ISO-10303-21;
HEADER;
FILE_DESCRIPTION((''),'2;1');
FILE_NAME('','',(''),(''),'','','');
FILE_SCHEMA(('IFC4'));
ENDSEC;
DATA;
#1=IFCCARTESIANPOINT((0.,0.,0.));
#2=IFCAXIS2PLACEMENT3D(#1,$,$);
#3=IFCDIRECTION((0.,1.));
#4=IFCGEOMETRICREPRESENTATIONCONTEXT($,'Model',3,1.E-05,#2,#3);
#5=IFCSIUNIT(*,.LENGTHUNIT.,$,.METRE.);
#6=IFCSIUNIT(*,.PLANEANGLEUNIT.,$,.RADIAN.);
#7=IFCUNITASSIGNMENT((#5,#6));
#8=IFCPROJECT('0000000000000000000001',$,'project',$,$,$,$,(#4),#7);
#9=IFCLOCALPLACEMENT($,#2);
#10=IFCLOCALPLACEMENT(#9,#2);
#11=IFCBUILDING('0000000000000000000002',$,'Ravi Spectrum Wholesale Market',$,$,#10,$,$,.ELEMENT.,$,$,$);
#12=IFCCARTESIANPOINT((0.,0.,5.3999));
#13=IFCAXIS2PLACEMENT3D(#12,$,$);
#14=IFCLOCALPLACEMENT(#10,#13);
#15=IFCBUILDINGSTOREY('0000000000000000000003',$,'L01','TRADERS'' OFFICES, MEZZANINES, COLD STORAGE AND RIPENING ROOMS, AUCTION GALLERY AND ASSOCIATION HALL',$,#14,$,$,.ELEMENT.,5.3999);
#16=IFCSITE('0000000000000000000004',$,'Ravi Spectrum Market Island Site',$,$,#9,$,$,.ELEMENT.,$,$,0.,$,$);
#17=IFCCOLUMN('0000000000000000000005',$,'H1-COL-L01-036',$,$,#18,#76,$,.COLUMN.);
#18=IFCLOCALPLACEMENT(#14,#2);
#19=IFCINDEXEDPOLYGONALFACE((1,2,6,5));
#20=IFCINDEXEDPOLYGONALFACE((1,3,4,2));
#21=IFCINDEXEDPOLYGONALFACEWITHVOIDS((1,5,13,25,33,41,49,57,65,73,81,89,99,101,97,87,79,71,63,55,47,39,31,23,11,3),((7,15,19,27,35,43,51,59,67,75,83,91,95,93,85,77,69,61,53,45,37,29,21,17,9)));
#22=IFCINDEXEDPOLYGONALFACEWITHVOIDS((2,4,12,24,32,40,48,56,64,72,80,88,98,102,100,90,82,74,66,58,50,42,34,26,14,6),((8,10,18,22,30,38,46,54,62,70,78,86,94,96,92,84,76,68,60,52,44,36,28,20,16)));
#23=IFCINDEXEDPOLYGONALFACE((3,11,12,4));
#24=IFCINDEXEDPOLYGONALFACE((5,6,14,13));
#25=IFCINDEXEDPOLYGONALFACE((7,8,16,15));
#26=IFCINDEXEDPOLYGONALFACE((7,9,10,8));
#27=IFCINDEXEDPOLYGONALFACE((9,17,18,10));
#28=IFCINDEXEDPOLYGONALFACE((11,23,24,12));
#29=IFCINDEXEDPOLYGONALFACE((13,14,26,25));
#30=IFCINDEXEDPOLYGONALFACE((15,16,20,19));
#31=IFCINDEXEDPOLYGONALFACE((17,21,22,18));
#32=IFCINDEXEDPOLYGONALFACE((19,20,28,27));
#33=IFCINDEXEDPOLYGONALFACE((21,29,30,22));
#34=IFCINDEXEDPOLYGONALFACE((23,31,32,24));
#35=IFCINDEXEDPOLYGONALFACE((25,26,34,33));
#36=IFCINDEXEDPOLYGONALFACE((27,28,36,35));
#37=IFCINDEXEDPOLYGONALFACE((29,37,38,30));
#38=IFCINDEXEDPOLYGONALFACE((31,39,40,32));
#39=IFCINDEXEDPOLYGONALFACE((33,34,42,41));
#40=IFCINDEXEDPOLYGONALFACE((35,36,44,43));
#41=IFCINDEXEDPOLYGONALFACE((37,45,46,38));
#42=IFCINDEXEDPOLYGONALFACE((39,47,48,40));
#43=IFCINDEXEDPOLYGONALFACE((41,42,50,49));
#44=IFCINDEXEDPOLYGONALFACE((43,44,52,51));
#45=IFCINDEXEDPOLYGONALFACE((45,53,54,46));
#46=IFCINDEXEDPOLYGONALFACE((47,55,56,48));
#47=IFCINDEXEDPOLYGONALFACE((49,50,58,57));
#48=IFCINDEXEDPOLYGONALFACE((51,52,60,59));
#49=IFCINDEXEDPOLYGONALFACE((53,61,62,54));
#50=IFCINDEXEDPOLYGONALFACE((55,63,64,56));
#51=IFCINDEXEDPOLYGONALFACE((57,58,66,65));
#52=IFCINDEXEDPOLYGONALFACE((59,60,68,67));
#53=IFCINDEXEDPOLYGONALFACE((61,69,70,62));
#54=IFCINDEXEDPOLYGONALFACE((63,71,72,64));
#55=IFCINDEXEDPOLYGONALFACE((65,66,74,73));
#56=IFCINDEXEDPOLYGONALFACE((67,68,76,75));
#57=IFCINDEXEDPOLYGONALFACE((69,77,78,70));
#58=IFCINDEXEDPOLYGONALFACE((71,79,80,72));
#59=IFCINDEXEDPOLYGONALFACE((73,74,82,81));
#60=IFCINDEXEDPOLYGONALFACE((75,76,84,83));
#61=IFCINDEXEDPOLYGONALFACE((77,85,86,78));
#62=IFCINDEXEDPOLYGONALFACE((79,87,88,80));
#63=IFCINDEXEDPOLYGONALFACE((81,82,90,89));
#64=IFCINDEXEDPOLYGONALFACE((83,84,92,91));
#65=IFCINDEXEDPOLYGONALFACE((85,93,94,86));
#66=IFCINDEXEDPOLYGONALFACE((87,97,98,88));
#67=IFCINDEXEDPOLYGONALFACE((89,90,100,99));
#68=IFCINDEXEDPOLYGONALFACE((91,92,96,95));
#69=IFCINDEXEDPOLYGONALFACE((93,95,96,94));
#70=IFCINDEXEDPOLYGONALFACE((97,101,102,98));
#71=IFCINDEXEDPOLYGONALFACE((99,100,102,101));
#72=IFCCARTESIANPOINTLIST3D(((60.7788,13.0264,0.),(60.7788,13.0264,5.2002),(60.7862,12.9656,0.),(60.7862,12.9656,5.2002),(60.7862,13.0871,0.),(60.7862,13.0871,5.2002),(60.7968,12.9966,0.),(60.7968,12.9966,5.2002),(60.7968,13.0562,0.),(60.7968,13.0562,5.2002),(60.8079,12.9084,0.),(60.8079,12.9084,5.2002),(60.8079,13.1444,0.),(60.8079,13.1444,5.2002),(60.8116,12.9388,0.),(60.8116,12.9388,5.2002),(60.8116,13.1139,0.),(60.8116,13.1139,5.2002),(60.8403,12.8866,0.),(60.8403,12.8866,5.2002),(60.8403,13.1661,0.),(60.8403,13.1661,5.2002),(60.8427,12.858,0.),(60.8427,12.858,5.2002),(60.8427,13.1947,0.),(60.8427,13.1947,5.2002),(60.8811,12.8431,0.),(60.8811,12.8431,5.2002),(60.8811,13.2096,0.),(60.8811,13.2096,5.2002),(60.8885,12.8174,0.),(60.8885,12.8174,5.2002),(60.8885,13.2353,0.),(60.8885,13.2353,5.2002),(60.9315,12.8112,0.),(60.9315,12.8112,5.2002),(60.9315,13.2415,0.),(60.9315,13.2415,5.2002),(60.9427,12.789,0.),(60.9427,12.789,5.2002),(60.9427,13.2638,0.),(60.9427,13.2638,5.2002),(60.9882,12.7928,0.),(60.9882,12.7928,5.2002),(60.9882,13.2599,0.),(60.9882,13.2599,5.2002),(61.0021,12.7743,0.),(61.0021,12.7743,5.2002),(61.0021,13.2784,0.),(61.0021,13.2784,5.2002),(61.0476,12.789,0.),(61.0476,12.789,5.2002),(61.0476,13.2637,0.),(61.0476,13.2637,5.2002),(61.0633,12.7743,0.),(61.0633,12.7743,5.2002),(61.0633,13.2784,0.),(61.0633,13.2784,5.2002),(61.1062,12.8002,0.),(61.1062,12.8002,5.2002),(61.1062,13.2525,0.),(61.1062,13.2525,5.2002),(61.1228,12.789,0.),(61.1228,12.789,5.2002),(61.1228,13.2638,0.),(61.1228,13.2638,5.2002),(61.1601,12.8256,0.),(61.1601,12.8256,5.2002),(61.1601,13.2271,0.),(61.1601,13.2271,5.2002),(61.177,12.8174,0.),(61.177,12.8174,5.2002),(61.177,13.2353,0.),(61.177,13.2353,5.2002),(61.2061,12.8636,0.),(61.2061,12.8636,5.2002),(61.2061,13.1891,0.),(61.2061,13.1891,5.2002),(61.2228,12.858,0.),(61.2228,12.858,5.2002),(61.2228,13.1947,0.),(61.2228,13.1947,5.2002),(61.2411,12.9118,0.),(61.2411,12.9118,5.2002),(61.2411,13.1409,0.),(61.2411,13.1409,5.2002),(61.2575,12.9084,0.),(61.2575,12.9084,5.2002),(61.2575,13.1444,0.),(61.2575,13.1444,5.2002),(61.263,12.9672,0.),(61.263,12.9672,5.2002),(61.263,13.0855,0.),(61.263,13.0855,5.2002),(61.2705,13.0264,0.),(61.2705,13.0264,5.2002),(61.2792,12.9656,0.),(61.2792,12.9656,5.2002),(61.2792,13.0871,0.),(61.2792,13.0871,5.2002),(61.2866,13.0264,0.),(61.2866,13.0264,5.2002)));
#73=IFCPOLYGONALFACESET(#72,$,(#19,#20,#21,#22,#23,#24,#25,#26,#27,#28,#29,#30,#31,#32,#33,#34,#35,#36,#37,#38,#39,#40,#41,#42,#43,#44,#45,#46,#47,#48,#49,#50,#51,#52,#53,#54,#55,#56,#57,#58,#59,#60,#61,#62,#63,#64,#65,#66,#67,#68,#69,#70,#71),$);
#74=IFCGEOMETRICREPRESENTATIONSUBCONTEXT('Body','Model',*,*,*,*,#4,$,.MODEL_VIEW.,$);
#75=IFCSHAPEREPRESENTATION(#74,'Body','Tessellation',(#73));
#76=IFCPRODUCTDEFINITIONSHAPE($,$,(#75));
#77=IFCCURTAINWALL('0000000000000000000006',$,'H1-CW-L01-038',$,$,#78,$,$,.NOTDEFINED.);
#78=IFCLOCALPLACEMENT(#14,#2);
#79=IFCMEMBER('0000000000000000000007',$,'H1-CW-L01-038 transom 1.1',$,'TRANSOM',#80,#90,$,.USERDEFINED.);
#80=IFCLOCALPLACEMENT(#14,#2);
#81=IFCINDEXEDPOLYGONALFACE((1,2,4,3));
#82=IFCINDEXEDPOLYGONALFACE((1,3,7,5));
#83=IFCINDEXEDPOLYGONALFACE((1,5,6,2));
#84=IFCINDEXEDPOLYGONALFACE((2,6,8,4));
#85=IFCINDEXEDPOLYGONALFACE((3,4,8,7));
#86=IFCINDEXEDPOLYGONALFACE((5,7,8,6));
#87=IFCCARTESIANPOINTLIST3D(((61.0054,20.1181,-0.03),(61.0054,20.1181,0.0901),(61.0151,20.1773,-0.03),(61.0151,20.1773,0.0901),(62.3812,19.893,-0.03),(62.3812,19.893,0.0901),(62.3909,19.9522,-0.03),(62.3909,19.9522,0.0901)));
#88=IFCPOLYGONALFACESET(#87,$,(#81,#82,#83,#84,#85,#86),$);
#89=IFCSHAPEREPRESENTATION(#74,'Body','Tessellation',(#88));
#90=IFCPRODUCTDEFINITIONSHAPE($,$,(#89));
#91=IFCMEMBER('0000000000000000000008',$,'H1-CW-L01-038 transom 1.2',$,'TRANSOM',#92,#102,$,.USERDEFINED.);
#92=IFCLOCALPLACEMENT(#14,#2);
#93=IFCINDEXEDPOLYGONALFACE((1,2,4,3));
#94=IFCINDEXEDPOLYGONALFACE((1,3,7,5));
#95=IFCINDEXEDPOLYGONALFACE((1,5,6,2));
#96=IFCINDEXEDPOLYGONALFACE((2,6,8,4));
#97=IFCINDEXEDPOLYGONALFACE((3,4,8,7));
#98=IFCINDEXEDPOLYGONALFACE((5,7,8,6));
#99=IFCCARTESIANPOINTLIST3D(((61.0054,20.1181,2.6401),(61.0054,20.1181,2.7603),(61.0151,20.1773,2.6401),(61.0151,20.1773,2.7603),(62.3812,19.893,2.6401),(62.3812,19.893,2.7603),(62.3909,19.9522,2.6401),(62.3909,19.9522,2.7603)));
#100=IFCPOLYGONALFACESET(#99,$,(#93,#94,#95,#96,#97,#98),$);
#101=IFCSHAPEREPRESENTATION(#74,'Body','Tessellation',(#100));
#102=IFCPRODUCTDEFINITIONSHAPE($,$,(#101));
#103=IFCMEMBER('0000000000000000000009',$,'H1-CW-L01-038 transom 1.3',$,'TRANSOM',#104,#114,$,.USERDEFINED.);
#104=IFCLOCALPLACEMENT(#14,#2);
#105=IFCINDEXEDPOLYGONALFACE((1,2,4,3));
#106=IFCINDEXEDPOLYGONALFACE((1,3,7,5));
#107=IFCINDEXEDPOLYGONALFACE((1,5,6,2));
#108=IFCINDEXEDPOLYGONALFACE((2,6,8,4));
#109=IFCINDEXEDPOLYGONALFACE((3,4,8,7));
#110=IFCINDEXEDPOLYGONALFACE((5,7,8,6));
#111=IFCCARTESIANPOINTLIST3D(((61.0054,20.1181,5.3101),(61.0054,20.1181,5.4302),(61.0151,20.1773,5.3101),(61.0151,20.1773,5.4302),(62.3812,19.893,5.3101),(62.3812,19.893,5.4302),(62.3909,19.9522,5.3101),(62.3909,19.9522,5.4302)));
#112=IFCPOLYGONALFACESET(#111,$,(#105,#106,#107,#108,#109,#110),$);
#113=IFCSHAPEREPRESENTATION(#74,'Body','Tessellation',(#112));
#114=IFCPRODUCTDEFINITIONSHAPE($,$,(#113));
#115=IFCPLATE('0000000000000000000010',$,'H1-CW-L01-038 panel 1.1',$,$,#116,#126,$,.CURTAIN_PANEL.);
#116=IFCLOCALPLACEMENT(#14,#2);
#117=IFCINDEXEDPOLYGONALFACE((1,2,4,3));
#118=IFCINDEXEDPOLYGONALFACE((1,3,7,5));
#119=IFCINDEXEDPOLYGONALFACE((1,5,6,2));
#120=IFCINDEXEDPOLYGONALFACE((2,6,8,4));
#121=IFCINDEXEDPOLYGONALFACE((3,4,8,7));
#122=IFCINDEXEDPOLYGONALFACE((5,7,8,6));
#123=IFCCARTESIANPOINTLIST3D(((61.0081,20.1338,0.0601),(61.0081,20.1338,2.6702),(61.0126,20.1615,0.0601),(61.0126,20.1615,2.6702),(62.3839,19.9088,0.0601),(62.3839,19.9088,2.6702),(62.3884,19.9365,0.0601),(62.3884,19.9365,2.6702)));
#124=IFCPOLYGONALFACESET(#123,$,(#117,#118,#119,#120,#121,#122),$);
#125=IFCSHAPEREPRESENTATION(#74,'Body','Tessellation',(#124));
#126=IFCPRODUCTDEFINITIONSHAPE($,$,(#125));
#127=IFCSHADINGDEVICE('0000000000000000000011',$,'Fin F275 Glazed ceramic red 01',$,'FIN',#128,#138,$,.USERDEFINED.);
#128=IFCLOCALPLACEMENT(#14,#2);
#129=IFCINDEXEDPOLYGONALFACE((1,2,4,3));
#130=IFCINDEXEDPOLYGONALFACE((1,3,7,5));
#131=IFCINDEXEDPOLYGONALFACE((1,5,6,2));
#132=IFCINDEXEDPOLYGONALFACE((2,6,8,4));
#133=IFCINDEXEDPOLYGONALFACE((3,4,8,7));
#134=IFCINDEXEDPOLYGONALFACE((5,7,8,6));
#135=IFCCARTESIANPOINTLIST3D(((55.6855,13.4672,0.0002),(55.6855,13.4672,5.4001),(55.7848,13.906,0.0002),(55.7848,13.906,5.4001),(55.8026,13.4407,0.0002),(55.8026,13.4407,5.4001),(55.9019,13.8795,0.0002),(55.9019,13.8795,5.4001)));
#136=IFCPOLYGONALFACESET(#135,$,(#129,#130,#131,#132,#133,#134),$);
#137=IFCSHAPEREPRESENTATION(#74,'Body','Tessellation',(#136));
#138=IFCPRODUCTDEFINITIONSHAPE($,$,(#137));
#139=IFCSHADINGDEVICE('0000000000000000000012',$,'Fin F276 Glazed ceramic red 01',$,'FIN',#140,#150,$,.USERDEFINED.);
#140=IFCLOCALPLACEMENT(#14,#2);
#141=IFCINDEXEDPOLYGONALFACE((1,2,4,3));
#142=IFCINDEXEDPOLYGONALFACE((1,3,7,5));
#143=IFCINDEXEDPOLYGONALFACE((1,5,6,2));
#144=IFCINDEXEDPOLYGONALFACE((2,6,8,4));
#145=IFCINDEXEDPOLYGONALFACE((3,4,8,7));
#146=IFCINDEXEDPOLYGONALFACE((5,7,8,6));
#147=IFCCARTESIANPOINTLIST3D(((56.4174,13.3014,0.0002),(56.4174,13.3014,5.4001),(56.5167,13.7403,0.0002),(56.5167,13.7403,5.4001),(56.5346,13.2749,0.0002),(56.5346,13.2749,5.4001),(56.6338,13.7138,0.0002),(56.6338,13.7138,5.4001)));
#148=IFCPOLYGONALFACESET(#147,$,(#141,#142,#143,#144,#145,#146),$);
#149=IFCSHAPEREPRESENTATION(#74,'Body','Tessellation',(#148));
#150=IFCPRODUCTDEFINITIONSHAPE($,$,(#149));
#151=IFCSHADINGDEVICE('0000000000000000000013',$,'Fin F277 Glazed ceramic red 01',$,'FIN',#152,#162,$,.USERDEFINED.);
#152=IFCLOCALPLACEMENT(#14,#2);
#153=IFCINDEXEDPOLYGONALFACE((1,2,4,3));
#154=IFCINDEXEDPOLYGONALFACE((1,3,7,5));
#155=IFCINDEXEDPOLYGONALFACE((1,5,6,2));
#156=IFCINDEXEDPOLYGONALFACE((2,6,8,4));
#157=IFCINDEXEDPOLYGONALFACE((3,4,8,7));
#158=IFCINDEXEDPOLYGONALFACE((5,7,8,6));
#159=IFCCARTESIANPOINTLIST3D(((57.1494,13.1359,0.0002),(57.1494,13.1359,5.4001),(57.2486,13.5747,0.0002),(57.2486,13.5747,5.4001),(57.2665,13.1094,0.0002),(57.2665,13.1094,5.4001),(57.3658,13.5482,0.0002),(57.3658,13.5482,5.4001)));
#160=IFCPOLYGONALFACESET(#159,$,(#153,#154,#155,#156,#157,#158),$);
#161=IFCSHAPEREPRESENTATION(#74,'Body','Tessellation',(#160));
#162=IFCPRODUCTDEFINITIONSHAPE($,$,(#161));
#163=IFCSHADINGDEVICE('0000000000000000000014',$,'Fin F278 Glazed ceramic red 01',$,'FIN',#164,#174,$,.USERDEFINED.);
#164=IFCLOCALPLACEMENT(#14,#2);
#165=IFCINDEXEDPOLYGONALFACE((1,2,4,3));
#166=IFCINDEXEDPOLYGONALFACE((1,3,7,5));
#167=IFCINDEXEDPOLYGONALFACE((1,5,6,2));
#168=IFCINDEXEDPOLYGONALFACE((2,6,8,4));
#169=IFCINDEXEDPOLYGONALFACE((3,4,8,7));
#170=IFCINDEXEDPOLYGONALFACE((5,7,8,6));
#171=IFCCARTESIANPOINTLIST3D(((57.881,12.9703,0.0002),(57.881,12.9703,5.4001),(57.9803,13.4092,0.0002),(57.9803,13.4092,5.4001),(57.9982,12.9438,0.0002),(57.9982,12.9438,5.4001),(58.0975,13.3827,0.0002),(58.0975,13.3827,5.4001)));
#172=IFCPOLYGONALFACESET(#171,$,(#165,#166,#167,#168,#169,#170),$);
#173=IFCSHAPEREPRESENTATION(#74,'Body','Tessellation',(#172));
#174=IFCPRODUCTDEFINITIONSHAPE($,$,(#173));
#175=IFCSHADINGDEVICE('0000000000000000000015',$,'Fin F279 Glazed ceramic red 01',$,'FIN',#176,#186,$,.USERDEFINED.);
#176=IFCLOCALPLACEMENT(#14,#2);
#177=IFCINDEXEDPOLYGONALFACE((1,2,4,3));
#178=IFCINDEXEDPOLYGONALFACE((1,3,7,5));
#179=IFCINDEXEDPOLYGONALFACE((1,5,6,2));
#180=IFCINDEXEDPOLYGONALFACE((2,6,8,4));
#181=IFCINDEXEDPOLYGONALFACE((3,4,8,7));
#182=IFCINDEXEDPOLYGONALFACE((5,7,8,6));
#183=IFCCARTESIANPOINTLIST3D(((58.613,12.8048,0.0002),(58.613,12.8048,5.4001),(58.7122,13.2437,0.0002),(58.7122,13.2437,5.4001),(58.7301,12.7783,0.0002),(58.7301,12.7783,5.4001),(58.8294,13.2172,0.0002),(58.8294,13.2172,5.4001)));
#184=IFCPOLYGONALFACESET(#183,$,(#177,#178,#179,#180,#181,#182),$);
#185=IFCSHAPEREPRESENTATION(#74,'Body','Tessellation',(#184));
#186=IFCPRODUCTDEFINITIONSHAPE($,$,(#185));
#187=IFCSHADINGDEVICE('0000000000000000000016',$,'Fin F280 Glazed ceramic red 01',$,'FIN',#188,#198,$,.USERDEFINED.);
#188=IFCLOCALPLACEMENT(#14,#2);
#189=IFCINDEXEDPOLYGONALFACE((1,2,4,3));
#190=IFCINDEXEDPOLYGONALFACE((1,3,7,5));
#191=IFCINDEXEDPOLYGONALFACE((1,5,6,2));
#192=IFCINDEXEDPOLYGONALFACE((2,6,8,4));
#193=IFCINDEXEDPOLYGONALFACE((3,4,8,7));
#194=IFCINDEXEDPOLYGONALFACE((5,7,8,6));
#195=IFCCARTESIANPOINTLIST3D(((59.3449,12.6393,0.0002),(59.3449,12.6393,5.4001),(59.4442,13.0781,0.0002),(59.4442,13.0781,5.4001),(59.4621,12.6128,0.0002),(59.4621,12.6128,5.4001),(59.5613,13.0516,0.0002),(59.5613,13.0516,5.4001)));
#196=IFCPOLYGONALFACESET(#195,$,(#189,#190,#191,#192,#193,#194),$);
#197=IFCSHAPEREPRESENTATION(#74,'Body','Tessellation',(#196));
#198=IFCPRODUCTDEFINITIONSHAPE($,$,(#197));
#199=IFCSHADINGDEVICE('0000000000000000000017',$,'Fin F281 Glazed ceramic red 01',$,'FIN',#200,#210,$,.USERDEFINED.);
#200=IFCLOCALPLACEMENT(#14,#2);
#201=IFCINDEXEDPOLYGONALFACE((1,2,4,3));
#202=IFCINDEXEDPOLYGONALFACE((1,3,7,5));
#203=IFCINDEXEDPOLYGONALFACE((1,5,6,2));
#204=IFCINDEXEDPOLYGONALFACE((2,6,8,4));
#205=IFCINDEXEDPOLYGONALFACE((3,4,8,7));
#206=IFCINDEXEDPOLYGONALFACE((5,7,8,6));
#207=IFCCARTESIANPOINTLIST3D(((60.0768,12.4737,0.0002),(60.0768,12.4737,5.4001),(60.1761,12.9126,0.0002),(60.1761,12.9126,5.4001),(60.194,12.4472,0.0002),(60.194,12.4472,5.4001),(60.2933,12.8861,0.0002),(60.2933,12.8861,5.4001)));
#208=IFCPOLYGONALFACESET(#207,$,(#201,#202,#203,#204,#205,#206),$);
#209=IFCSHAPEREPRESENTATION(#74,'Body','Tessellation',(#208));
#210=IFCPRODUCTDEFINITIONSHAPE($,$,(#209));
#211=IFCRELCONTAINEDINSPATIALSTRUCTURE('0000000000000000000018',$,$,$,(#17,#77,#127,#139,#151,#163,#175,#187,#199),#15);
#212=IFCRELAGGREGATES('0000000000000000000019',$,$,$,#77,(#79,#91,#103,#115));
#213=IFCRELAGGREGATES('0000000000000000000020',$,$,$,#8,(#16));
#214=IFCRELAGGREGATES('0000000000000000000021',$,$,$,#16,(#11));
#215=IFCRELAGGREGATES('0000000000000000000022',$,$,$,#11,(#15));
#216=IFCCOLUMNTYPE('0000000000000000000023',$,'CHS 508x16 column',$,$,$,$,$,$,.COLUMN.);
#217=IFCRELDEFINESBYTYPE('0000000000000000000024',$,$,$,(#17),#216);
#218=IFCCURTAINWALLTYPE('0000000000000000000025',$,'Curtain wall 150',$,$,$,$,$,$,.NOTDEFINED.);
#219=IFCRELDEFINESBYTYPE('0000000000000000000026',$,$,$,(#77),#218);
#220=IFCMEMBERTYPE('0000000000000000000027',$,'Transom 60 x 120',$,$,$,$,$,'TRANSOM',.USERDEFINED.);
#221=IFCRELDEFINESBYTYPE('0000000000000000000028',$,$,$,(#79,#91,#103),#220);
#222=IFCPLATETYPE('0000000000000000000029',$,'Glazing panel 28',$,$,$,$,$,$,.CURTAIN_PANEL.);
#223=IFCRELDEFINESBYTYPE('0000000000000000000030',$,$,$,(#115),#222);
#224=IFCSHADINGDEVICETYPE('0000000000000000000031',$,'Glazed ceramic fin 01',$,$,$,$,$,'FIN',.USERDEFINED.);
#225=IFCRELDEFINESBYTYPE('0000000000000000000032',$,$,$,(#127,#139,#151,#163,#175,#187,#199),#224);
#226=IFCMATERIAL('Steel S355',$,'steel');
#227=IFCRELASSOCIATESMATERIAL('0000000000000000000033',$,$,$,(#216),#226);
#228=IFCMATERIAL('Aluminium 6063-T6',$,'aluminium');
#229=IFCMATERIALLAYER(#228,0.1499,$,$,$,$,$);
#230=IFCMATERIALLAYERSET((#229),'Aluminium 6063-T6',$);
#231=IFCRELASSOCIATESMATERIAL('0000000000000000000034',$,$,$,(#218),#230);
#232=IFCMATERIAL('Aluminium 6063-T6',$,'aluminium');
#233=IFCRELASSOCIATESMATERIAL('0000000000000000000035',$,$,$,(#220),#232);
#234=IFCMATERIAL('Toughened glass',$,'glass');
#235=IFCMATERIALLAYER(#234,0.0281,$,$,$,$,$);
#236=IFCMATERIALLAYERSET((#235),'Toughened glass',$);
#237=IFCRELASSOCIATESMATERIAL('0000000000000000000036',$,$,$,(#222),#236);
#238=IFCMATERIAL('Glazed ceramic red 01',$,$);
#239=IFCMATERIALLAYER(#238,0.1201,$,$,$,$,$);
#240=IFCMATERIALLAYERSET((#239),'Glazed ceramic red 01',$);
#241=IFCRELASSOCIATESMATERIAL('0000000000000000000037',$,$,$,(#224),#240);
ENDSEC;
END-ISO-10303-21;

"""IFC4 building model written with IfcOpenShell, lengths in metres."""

from ifc_helpers import new_model, si_unit, direction, frame, origin, origin_2d, place, context, subcontext, project, spatial, rectangle, hollow_circle, extrude, material, layer, layer_set, material_profile, profile_set, type_object, element, aggregate, save


model = new_model("IFC4")

# Units and contexts
model_context = context("Model", 3, precision=1e-05, world=origin(), true_north=direction((0.0, 1.0)))
body_context = subcontext(model_context, "Body", "Model", "MODEL_VIEW")
ifc_project = project(units=[si_unit("LENGTHUNIT", "METRE"), si_unit("PLANEANGLEUNIT", "RADIAN")], contexts=[model_context])

# Site, building, storey
site_placement = place(None, origin())
site = spatial("IfcSite", under=ifc_project, at=site_placement, Name="Ravi Spectrum Market Island Site", CompositionType="ELEMENT", RefElevation=0.0)
building_placement = place(site_placement, origin())
building = spatial("IfcBuilding", under=site, at=building_placement, Name="Ravi Spectrum Wholesale Market", CompositionType="ELEMENT")
storey_placement = place(building_placement, frame((0.0, 0.0, 5.3999)))
storey = spatial("IfcBuildingStorey", under=building, at=storey_placement, Name="L01", Description="TRADERS' OFFICES, MEZZANINES, COLD STORAGE AND RIPENING ROOMS, AUCTION GALLERY AND ASSOCIATION HALL", CompositionType="ELEMENT", Elevation=5.3999)

# Column
ifc_material_1 = material(Name="Steel S355", Category="steel")
ifc_material_profile_1 = material_profile(ifc_material_1, hollow_circle(Radius=0.2539, WallThickness=0.0161, at=origin_2d()))
ifc_profile_set_1 = profile_set([ifc_material_profile_1], Name="Steel S355")
column_type = type_object("IfcColumnType", Name="CHS 508x16 column", PredefinedType="COLUMN", material=ifc_profile_set_1)
column_placement = place(storey_placement, frame((61.0327, 13.0264, 0.0), z_axis=(0.0, 0.0, 1.0), x_axis=(1.0, 0.0, 0.0)))
element("IfcColumn", 1, at=column_placement, inside=storey, type_object=column_type, Name="H1-COL-L01-036", PredefinedType="COLUMN", context=body_context, shape_type="SweptSolid", body=[
    extrude(hollow_circle(Radius=0.2539, WallThickness=0.0161, at=origin_2d()), origin(), (0.0, 0.0, 1.0), 5.2002),
])

# Curtain wall, members, plate
ifc_material_2 = material(Name="Aluminium 6063-T6", Category="aluminium")
ifc_layer_1 = layer(ifc_material_2, 0.1499)
ifc_layer_set_1 = layer_set([ifc_layer_1], Name="Aluminium 6063-T6")
curtain_wall_type = type_object("IfcCurtainWallType", Name="Curtain wall 150", PredefinedType="NOTDEFINED", material=ifc_layer_set_1)
curtain_wall_placement = place(storey_placement, origin())
curtain_wall = element("IfcCurtainWall", 2, at=curtain_wall_placement, inside=storey, type_object=curtain_wall_type, Name="H1-CW-L01-038", PredefinedType="NOTDEFINED")
ifc_material_3 = material(Name="Aluminium 6063-T6", Category="aluminium")
ifc_material_profile_2 = material_profile(ifc_material_3, rectangle(XDim=0.0601, YDim=0.1201, at=origin_2d()))
ifc_profile_set_2 = profile_set([ifc_material_profile_2], Name="Aluminium 6063-T6")
member_type = type_object("IfcMemberType", Name="Transom 60 x 120", ElementType="TRANSOM", PredefinedType="USERDEFINED", material=ifc_profile_set_2)
member_1_placement = place(storey_placement, frame((61.0103, 20.1477, 0.03), z_axis=(0.986877, -0.161473, 0.0), x_axis=(0.161473, 0.986877, 0.0)))
member_1 = element("IfcMember", 3, at=member_1_placement, type_object=member_type, Name="H1-CW-L01-038 transom 1.1", ObjectType="TRANSOM", PredefinedType="USERDEFINED", context=body_context, shape_type="SweptSolid", body=[
    extrude(rectangle(XDim=0.0601, YDim=0.1201, at=origin_2d()), origin(), (0.0, 0.0, 1.0), 1.394),
])
member_2_placement = place(storey_placement, frame((61.0103, 20.1477, 2.7002), z_axis=(0.986877, -0.161473, 0.0), x_axis=(0.161473, 0.986877, 0.0)))
member_2 = element("IfcMember", 4, at=member_2_placement, type_object=member_type, Name="H1-CW-L01-038 transom 1.2", ObjectType="TRANSOM", PredefinedType="USERDEFINED", context=body_context, shape_type="SweptSolid", body=[
    extrude(rectangle(XDim=0.0601, YDim=0.1201, at=origin_2d()), origin(), (0.0, 0.0, 1.0), 1.394),
])
member_3_placement = place(storey_placement, frame((61.0103, 20.1477, 5.3701), z_axis=(0.986877, -0.161473, 0.0), x_axis=(0.161473, 0.986877, 0.0)))
member_3 = element("IfcMember", 5, at=member_3_placement, type_object=member_type, Name="H1-CW-L01-038 transom 1.3", ObjectType="TRANSOM", PredefinedType="USERDEFINED", context=body_context, shape_type="SweptSolid", body=[
    extrude(rectangle(XDim=0.0601, YDim=0.1201, at=origin_2d()), origin(), (0.0, 0.0, 1.0), 1.394),
])
ifc_material_4 = material(Name="Toughened glass", Category="glass")
ifc_layer_2 = layer(ifc_material_4, 0.0281)
ifc_layer_set_2 = layer_set([ifc_layer_2], Name="Toughened glass")
plate_type = type_object("IfcPlateType", Name="Glazing panel 28", PredefinedType="CURTAIN_PANEL", material=ifc_layer_set_2)
plate_placement = place(storey_placement, frame((61.6982, 20.0352, 0.0601), z_axis=(0.0, 0.0, 1.0), x_axis=(0.98688, -0.161453, 0.0)))
plate = element("IfcPlate", 6, at=plate_placement, type_object=plate_type, Name="H1-CW-L01-038 panel 1.1", PredefinedType="CURTAIN_PANEL", context=body_context, shape_type="SweptSolid", body=[
    extrude(rectangle(XDim=1.394, YDim=0.0281, at=origin_2d()), origin(), (0.0, 0.0, 1.0), 2.6101),
])
aggregate(curtain_wall, [member_1, member_2, member_3, plate])

# Shading devices
ifc_material_5 = material(Name="Glazed ceramic red 01")
ifc_layer_3 = layer(ifc_material_5, 0.1201)
ifc_layer_set_3 = layer_set([ifc_layer_3], Name="Glazed ceramic red 01")
shading_device_type = type_object("IfcShadingDeviceType", Name="Glazed ceramic fin 01", ElementType="FIN", PredefinedType="USERDEFINED", material=ifc_layer_set_3)
for number, where, z_axis, x_axis, name in (
    (7, (55.7937, 13.6733, 0.0002), (0.0, 0.0, 1.0), (0.975361, -0.220616, 0.0), "Fin F275 Glazed ceramic red 01"),
    (8, (56.5256, 13.5076, 0.0002), (0.0, 0.0, 1.0), (0.975361, -0.220616, 0.0), "Fin F276 Glazed ceramic red 01"),
    (9, (57.2576, 13.342, 0.0002), (0.0, 0.0, 1.0), (0.975361, -0.220616, 0.0), "Fin F277 Glazed ceramic red 01"),
    (10, (57.9893, 13.1765, 0.0002), (0.0, 0.0, 1.0), (0.975361, -0.220616, 0.0), "Fin F278 Glazed ceramic red 01"),
    (11, (58.7212, 13.011, 0.0002), (0.0, 0.0, 1.0), (0.975361, -0.220616, 0.0), "Fin F279 Glazed ceramic red 01"),
    (12, (59.4531, 12.8455, 0.0002), (0.0, 0.0, 1.0), (0.975361, -0.220616, 0.0), "Fin F280 Glazed ceramic red 01"),
    (13, (60.1851, 12.6799, 0.0002), (0.0, 0.0, 1.0), (0.975361, -0.220616, 0.0), "Fin F281 Glazed ceramic red 01"),
):
    element("IfcShadingDevice", number, at=place(storey_placement, frame(where, z_axis=z_axis, x_axis=x_axis)), inside=storey, type_object=shading_device_type, Name=name, ObjectType="FIN", PredefinedType="USERDEFINED", context=body_context, shape_type="SweptSolid", body=[
        extrude(rectangle(XDim=0.1201, YDim=0.45, at=origin_2d()), origin(), (0.0, 0.0, 1.0), 5.3999),
    ])

save(model, "model.ifc")
